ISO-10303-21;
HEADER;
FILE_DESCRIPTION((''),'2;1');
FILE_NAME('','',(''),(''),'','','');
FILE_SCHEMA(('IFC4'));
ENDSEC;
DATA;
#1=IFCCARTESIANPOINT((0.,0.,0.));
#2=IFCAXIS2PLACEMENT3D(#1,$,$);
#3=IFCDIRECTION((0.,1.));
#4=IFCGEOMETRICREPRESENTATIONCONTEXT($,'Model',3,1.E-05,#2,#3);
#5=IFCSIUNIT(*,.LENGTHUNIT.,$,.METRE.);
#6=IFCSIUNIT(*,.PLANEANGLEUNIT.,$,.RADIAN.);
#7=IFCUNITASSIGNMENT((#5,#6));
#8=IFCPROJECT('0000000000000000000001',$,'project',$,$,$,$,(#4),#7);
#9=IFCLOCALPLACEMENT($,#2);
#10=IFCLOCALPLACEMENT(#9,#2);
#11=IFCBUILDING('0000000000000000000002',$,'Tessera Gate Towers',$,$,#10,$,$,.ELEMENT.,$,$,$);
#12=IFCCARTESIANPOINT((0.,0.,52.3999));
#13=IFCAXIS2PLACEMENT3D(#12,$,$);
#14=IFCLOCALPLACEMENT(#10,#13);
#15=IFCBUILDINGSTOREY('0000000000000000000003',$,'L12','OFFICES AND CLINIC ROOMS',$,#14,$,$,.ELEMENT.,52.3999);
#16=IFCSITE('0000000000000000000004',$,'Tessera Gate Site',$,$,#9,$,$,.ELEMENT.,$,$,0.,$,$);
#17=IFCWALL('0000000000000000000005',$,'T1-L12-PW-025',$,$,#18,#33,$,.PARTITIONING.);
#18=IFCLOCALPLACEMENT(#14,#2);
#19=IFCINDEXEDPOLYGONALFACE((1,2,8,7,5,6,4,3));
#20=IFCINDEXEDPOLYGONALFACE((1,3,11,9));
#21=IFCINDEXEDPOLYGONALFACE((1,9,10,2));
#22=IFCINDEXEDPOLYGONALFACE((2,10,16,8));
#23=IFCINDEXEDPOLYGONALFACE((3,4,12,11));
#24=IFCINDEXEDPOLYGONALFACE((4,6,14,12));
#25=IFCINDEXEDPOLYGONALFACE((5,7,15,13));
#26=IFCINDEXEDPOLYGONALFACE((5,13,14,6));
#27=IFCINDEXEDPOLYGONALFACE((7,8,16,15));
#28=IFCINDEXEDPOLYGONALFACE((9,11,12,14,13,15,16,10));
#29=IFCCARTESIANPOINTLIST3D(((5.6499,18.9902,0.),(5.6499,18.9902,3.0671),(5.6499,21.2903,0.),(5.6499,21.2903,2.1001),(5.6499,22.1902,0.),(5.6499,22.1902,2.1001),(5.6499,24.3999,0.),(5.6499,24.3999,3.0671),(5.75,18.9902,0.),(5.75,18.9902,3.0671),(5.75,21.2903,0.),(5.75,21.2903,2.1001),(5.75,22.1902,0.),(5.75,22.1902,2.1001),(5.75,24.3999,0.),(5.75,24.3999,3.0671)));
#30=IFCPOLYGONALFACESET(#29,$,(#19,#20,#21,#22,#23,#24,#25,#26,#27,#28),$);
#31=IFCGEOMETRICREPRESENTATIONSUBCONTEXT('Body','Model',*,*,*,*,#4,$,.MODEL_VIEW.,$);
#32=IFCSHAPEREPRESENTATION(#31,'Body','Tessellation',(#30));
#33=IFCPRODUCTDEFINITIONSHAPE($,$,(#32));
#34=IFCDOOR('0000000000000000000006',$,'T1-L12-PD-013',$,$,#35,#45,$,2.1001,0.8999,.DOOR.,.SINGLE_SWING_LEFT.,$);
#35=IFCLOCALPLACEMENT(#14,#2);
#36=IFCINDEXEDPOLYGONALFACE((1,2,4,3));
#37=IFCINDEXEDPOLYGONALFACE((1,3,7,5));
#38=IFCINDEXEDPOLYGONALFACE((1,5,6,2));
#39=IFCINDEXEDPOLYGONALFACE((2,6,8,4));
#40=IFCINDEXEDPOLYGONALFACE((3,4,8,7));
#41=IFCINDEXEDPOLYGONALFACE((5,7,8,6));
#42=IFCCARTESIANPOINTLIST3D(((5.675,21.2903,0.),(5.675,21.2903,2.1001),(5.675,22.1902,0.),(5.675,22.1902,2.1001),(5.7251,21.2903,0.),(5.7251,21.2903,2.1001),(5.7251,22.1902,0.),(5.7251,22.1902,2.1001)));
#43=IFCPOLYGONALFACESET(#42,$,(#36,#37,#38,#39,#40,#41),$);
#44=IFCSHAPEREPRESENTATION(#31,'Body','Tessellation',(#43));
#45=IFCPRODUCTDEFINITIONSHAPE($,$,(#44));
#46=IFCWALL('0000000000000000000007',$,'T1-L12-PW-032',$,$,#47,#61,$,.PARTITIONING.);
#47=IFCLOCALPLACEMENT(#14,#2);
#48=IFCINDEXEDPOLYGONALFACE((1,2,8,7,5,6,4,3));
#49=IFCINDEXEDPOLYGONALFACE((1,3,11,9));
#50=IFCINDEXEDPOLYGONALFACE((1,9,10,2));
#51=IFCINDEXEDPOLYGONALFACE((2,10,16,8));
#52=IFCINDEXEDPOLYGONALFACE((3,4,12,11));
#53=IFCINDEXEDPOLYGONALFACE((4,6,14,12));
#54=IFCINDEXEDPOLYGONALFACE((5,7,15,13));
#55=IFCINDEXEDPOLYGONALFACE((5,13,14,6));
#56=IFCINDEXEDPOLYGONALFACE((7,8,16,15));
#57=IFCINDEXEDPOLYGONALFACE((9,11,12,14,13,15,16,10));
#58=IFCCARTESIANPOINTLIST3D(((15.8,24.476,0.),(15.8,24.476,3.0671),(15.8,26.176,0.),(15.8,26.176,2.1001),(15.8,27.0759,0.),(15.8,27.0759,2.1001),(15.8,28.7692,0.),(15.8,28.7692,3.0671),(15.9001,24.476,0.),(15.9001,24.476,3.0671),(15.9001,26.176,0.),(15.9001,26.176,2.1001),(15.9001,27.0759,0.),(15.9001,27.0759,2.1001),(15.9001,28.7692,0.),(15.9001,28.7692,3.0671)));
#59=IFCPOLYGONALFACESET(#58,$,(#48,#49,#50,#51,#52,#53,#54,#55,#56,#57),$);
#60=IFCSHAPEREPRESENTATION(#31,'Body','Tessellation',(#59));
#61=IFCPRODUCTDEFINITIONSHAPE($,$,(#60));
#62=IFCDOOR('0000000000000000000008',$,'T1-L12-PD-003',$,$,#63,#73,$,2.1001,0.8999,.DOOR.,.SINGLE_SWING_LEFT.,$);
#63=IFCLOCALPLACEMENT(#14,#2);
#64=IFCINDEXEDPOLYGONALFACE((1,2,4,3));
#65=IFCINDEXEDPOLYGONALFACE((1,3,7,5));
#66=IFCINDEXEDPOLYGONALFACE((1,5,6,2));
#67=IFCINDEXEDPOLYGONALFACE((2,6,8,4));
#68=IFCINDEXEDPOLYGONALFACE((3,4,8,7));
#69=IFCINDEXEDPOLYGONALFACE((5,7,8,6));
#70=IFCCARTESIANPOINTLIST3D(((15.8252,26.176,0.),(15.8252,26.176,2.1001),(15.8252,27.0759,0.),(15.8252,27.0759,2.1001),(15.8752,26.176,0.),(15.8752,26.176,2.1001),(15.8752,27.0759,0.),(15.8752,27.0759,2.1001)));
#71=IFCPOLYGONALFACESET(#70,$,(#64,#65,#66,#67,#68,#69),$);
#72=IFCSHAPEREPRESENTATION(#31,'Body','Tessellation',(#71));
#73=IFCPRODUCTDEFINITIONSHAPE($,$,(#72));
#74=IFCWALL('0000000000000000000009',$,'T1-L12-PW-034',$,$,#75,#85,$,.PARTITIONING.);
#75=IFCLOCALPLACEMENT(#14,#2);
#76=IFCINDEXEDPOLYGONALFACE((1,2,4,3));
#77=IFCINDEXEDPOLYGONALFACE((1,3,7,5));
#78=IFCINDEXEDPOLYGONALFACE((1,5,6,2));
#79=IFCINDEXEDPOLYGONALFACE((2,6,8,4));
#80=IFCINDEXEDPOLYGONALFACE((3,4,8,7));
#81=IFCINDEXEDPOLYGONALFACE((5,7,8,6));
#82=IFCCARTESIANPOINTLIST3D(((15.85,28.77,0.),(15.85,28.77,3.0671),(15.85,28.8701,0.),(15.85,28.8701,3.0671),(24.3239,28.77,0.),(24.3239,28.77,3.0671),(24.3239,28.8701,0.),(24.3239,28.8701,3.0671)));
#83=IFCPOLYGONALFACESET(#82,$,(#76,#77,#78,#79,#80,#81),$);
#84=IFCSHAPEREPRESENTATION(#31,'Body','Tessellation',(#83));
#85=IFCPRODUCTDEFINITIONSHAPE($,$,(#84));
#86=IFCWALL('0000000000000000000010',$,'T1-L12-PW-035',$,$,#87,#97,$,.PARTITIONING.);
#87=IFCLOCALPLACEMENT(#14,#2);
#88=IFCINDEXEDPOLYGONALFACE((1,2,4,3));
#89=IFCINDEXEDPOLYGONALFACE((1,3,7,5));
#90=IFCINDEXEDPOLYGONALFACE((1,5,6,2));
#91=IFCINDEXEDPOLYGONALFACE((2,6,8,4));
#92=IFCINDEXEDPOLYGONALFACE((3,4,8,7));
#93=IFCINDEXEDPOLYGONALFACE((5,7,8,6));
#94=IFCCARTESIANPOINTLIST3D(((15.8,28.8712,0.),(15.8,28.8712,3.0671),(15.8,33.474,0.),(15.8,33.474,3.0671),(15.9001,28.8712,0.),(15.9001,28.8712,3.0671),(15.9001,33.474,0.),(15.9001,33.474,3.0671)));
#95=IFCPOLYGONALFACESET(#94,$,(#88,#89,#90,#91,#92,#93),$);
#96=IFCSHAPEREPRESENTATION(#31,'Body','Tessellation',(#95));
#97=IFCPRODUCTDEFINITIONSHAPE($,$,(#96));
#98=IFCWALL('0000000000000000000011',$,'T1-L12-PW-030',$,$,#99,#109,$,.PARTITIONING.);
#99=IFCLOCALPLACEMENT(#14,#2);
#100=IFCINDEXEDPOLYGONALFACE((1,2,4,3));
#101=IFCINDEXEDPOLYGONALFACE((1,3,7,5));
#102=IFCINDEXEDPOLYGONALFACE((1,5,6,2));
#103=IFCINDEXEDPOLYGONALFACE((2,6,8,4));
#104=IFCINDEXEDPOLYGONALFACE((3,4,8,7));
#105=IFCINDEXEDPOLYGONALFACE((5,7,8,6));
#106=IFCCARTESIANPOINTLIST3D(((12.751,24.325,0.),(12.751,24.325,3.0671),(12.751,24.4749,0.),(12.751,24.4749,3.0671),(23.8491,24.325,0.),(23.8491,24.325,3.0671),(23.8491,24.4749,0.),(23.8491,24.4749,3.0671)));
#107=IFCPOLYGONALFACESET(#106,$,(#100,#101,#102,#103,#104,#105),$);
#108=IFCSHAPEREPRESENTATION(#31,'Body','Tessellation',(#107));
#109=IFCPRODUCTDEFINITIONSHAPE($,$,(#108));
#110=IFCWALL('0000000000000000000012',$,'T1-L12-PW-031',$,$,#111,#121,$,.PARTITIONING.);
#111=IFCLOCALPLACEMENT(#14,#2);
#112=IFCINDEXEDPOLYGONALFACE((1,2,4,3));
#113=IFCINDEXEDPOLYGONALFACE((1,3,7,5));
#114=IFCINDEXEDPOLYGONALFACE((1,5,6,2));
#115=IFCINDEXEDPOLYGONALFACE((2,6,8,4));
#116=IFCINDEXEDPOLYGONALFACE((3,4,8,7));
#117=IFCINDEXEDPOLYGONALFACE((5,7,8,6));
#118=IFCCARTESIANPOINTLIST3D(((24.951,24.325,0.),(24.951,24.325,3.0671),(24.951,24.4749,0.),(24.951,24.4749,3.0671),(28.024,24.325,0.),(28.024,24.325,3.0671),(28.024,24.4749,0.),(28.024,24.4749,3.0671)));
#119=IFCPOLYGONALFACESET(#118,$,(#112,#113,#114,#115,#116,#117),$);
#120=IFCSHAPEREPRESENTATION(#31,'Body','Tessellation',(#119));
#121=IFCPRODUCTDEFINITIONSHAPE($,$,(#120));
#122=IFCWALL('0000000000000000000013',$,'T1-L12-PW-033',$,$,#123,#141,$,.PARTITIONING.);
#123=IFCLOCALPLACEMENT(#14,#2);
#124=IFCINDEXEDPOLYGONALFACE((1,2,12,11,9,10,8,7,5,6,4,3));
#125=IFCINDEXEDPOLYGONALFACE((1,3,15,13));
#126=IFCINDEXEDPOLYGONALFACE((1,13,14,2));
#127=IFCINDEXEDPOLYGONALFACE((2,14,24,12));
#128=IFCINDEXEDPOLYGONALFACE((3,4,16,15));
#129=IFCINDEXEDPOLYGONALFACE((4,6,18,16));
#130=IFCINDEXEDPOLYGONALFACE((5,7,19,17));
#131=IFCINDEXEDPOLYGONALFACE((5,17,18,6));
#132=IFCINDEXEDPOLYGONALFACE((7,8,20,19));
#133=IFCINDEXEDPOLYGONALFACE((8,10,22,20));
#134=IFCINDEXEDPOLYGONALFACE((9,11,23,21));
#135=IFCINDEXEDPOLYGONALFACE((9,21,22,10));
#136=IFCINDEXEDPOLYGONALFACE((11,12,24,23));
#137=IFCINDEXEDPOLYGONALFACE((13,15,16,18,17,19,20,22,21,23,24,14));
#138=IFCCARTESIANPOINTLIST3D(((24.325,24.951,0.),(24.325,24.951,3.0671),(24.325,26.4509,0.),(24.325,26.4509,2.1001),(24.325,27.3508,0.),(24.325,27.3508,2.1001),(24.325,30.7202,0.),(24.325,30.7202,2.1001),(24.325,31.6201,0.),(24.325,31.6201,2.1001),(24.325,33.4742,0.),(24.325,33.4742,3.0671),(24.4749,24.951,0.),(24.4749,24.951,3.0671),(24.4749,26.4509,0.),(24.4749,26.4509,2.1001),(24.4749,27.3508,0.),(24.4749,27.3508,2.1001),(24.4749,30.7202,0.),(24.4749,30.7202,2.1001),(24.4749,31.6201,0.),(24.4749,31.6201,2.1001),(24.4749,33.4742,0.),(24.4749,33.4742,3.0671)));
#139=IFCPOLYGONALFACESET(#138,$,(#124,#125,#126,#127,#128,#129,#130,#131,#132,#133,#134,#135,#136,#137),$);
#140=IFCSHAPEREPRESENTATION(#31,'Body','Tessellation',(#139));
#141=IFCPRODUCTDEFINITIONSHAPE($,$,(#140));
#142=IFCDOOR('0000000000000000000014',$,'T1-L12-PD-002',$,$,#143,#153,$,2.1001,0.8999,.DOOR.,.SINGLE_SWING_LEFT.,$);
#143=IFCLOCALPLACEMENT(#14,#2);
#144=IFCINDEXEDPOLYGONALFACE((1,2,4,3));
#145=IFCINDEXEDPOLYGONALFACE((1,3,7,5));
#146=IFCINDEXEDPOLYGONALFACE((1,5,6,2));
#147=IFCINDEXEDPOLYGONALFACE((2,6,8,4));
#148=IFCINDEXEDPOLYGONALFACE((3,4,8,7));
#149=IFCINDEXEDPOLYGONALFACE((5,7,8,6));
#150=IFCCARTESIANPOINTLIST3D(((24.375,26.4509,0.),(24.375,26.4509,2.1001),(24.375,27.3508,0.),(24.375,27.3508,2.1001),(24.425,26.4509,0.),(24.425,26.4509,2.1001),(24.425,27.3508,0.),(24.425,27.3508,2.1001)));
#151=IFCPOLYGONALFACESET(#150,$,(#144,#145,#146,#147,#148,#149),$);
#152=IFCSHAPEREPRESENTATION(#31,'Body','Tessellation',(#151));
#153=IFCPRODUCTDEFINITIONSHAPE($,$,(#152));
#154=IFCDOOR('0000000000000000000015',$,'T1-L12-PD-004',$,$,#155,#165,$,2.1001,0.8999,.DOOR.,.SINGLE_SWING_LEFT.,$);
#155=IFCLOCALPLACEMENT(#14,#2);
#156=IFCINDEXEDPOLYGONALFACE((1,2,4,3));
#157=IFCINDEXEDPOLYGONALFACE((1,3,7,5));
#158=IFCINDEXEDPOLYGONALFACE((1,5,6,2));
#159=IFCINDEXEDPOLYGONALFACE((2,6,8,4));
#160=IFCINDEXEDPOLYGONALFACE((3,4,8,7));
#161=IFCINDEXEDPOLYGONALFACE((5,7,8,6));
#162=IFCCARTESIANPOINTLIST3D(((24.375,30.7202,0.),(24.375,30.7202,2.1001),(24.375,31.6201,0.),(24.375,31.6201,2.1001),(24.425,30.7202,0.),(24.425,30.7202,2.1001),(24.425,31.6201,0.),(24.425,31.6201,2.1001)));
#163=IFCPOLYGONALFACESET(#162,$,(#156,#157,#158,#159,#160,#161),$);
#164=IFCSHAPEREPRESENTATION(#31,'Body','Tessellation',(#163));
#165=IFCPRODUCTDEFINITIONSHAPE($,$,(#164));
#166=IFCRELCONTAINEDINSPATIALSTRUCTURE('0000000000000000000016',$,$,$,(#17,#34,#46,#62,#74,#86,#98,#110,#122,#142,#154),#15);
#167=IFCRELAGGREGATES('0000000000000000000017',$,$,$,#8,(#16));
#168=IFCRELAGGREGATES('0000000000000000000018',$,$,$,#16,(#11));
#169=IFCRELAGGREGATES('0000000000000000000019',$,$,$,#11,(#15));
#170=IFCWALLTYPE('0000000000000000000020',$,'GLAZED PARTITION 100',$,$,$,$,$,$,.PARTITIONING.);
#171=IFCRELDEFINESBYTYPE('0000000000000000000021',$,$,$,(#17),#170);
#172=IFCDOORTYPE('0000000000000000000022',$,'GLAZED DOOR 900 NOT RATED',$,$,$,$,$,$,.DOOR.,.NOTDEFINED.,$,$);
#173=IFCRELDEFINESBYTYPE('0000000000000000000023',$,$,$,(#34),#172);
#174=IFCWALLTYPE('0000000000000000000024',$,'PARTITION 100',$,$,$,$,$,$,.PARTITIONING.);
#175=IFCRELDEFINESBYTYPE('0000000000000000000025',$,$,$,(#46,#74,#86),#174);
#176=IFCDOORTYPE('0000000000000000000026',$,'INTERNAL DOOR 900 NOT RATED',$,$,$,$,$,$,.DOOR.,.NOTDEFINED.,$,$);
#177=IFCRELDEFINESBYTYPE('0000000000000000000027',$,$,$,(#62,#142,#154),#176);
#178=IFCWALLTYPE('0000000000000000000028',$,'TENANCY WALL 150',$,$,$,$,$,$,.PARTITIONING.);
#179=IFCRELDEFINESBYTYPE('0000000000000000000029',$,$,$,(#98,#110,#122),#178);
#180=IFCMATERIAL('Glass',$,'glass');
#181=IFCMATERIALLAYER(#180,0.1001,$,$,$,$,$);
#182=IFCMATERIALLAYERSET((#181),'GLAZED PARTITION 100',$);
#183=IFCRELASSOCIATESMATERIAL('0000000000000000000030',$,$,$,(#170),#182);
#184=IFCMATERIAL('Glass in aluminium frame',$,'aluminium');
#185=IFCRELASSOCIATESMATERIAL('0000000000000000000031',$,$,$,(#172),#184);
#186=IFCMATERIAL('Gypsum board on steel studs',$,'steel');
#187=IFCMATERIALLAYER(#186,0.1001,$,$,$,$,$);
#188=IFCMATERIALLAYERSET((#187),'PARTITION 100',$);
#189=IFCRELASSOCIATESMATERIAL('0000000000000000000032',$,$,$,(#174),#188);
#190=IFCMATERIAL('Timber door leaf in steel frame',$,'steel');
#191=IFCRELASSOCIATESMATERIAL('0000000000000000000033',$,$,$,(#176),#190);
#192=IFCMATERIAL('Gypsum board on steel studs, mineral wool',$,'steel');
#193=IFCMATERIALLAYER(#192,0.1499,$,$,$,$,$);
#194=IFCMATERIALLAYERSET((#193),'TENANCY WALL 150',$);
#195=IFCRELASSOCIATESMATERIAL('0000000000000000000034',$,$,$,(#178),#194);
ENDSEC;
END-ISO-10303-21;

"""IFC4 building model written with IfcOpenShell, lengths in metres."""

from ifc_helpers import new_model, si_unit, direction, frame, frame_2d, origin, place, context, subcontext, project, spatial, rectangle, extrude, source, transform, mapped, material, layer, layer_set, type_object, element, fill, save


model = new_model("IFC4")

# Units and contexts
model_context = context("Model", 3, precision=1e-05, world=origin(), true_north=direction((0.0, 1.0)))
body_context = subcontext(model_context, "Body", "Model", "MODEL_VIEW")
ifc_project = project(units=[si_unit("LENGTHUNIT", "METRE"), si_unit("PLANEANGLEUNIT", "RADIAN")], contexts=[model_context])

# Site, building, storey
site_placement = place(None, origin())
site = spatial("IfcSite", under=ifc_project, at=site_placement, Name="Tessera Gate Site", CompositionType="ELEMENT", RefElevation=0.0)
building_placement = place(site_placement, origin())
building = spatial("IfcBuilding", under=site, at=building_placement, Name="Tessera Gate Towers", CompositionType="ELEMENT")
storey_placement = place(building_placement, frame((0.0, 0.0, 52.3999)))
storey = spatial("IfcBuildingStorey", under=building, at=storey_placement, Name="L12", Description="OFFICES AND CLINIC ROOMS", CompositionType="ELEMENT", Elevation=52.3999)

# Shared definitions
ifc_material_1 = material(Name="Glass", Category="glass")
ifc_layer_1 = layer(ifc_material_1, 0.1001)
ifc_layer_set_1 = layer_set([ifc_layer_1], Name="GLAZED PARTITION 100")
wall_type_1 = type_object("IfcWallType", Name="GLAZED PARTITION 100", PredefinedType="PARTITIONING", material=ifc_layer_set_1)

# Walls, openings, doors
wall_1_placement = place(storey_placement, frame((5.7, 18.9902, 0.0), z_axis=(0.0, 0.0, 1.0), x_axis=(0.0, 1.0, 0.0)))
wall_1 = element("IfcWall", 1, at=wall_1_placement, inside=storey, type_object=wall_type_1, Name="T1-L12-PW-025", PredefinedType="PARTITIONING", context=body_context, shape_type="SweptSolid", body=[
    extrude(rectangle(XDim=5.4097, YDim=0.1001, at=frame_2d((2.7048, 0.0))), origin(), (0.0, 0.0, 1.0), 3.0671),
])
shared_shape_1 = source(origin(), body_context, "Body", "SweptSolid", [
    extrude(rectangle(XDim=0.8999, YDim=2.1001, at=frame_2d((0.45, 1.05))), frame((0.0, 0.0601, 0.0), z_axis=(0.0, -1.0, 0.0), x_axis=(1.0, 0.0, 0.0)), (0.0, 0.0, 1.0), 0.1201),
])
opening_1_placement = place(wall_1_placement, frame((2.3, 0.0, 0.0)))
opening_1 = element("IfcOpeningElement", 2, at=opening_1_placement, cuts=wall_1, PredefinedType="OPENING", context=body_context, shape_type="MappedRepresentation", body=[
    mapped(shared_shape_1, transform((0.0, 0.0, 0.0), scale=1.0)),
])
ifc_material_2 = material(Name="Glass in aluminium frame", Category="aluminium")
door_type_1 = type_object("IfcDoorType", Name="GLAZED DOOR 900 NOT RATED", OperationType="NOTDEFINED", PredefinedType="DOOR", material=ifc_material_2)
shared_shape_2 = source(origin(), body_context, "Body", "SweptSolid", [
    extrude(rectangle(XDim=0.8999, YDim=2.1001, at=frame_2d((0.45, 1.05))), frame((0.0, 0.0249, 0.0), z_axis=(0.0, -1.0, 0.0), x_axis=(1.0, 0.0, 0.0)), (0.0, 0.0, 1.0), 0.05),
])
door_1_placement = place(opening_1_placement, origin())
door_1 = element("IfcDoor", 3, at=door_1_placement, inside=storey, type_object=door_type_1, Name="T1-L12-PD-013", OperationType="SINGLE_SWING_LEFT", OverallHeight=2.1001, OverallWidth=0.8999, PredefinedType="DOOR", context=body_context, shape_type="MappedRepresentation", body=[
    mapped(shared_shape_2, transform((0.0, 0.0, 0.0), scale=1.0)),
])
fill(opening_1, door_1)
ifc_material_3 = material(Name="Gypsum board on steel studs", Category="steel")
ifc_layer_2 = layer(ifc_material_3, 0.1001)
ifc_layer_set_2 = layer_set([ifc_layer_2], Name="PARTITION 100")
wall_type_2 = type_object("IfcWallType", Name="PARTITION 100", PredefinedType="PARTITIONING", material=ifc_layer_set_2)
wall_2_placement = place(storey_placement, frame((15.8501, 24.4761, 0.0), z_axis=(0.0, 0.0, 1.0), x_axis=(0.0, 1.0, 0.0)))
wall_2 = element("IfcWall", 4, at=wall_2_placement, inside=storey, type_object=wall_type_2, Name="T1-L12-PW-032", PredefinedType="PARTITIONING", context=body_context, shape_type="SweptSolid", body=[
    extrude(rectangle(XDim=4.2932, YDim=0.1001, at=frame_2d((2.1465, 0.0))), origin(), (0.0, 0.0, 1.0), 3.0671),
])
opening_2_placement = place(wall_2_placement, frame((1.7, 0.0, 0.0)))
opening_2 = element("IfcOpeningElement", 5, at=opening_2_placement, cuts=wall_2, PredefinedType="OPENING", context=body_context, shape_type="MappedRepresentation", body=[
    mapped(shared_shape_1, transform((0.0, 0.0, 0.0), scale=1.0)),
])
ifc_material_4 = material(Name="Timber door leaf in steel frame", Category="steel")
door_type_2 = type_object("IfcDoorType", Name="INTERNAL DOOR 900 NOT RATED", OperationType="NOTDEFINED", PredefinedType="DOOR", material=ifc_material_4)
door_2_placement = place(opening_2_placement, origin())
door_2 = element("IfcDoor", 6, at=door_2_placement, inside=storey, type_object=door_type_2, Name="T1-L12-PD-003", OperationType="SINGLE_SWING_LEFT", OverallHeight=2.1001, OverallWidth=0.8999, PredefinedType="DOOR", context=body_context, shape_type="MappedRepresentation", body=[
    mapped(shared_shape_2, transform((0.0, 0.0, 0.0), scale=1.0)),
])
fill(opening_2, door_2)

# Walls
wall_3_placement = place(storey_placement, frame((15.8501, 28.8201, 0.0), z_axis=(0.0, 0.0, 1.0), x_axis=(1.0, 0.0, 0.0)))
element("IfcWall", 7, at=wall_3_placement, inside=storey, type_object=wall_type_2, Name="T1-L12-PW-034", PredefinedType="PARTITIONING", context=body_context, shape_type="SweptSolid", body=[
    extrude(rectangle(XDim=8.4739, YDim=0.1001, at=frame_2d((4.2368, 0.0))), origin(), (0.0, 0.0, 1.0), 3.0671),
])
wall_4_placement = place(storey_placement, frame((15.8501, 28.8713, 0.0), z_axis=(0.0, 0.0, 1.0), x_axis=(0.0, 1.0, 0.0)))
element("IfcWall", 8, at=wall_4_placement, inside=storey, type_object=wall_type_2, Name="T1-L12-PW-035", PredefinedType="PARTITIONING", context=body_context, shape_type="SweptSolid", body=[
    extrude(rectangle(XDim=4.6028, YDim=0.1001, at=frame_2d((2.3013, 0.0))), origin(), (0.0, 0.0, 1.0), 3.0671),
])
ifc_material_5 = material(Name="Gypsum board on steel studs, mineral wool", Category="steel")
ifc_layer_3 = layer(ifc_material_5, 0.1499)
ifc_layer_set_3 = layer_set([ifc_layer_3], Name="TENANCY WALL 150")
wall_type_3 = type_object("IfcWallType", Name="TENANCY WALL 150", PredefinedType="PARTITIONING", material=ifc_layer_set_3)
wall_5_placement = place(storey_placement, frame((12.751, 24.3999, 0.0), z_axis=(0.0, 0.0, 1.0), x_axis=(1.0, 0.0, 0.0)))
element("IfcWall", 9, at=wall_5_placement, inside=storey, type_object=wall_type_3, Name="T1-L12-PW-030", PredefinedType="PARTITIONING", context=body_context, shape_type="SweptSolid", body=[
    extrude(rectangle(XDim=11.0981, YDim=0.1499, at=frame_2d((5.5491, 0.0))), origin(), (0.0, 0.0, 1.0), 3.0671),
])
wall_6_placement = place(storey_placement, frame((24.9509, 24.3999, 0.0), z_axis=(0.0, 0.0, 1.0), x_axis=(1.0, 0.0, 0.0)))
element("IfcWall", 10, at=wall_6_placement, inside=storey, type_object=wall_type_3, Name="T1-L12-PW-031", PredefinedType="PARTITIONING", context=body_context, shape_type="SweptSolid", body=[
    extrude(rectangle(XDim=3.073, YDim=0.1499, at=frame_2d((1.5366, 0.0))), origin(), (0.0, 0.0, 1.0), 3.0671),
])

# Wall, openings, doors
wall_7_placement = place(storey_placement, frame((24.3999, 24.9509, 0.0), z_axis=(0.0, 0.0, 1.0), x_axis=(0.0, 1.0, 0.0)))
wall_7 = element("IfcWall", 11, at=wall_7_placement, inside=storey, type_object=wall_type_3, Name="T1-L12-PW-033", PredefinedType="PARTITIONING", context=body_context, shape_type="SweptSolid", body=[
    extrude(rectangle(XDim=8.5232, YDim=0.1499, at=frame_2d((4.2617, 0.0))), origin(), (0.0, 0.0, 1.0), 3.0671),
])
shared_shape_3 = source(origin(), body_context, "Body", "SweptSolid", [
    extrude(rectangle(XDim=0.8999, YDim=2.1001, at=frame_2d((0.45, 1.05))), frame((0.0, 0.085, 0.0), z_axis=(0.0, -1.0, 0.0), x_axis=(1.0, 0.0, 0.0)), (0.0, 0.0, 1.0), 0.1699),
])
opening_3_placement = place(wall_7_placement, frame((1.5, 0.0, 0.0)))
opening_3 = element("IfcOpeningElement", 12, at=opening_3_placement, cuts=wall_7, PredefinedType="OPENING", context=body_context, shape_type="MappedRepresentation", body=[
    mapped(shared_shape_3, transform((0.0, 0.0, 0.0), scale=1.0)),
])
opening_4_placement = place(wall_7_placement, frame((5.7693, 0.0, 0.0)))
opening_4 = element("IfcOpeningElement", 13, at=opening_4_placement, cuts=wall_7, PredefinedType="OPENING", context=body_context, shape_type="MappedRepresentation", body=[
    mapped(shared_shape_3, transform((0.0, 0.0, 0.0), scale=1.0)),
])
door_3_placement = place(opening_3_placement, origin())
door_3 = element("IfcDoor", 14, at=door_3_placement, inside=storey, type_object=door_type_2, Name="T1-L12-PD-002", OperationType="SINGLE_SWING_LEFT", OverallHeight=2.1001, OverallWidth=0.8999, PredefinedType="DOOR", context=body_context, shape_type="MappedRepresentation", body=[
    mapped(shared_shape_2, transform((0.0, 0.0, 0.0), scale=1.0)),
])
fill(opening_3, door_3)
door_4_placement = place(opening_4_placement, origin())
door_4 = element("IfcDoor", 15, at=door_4_placement, inside=storey, type_object=door_type_2, Name="T1-L12-PD-004", OperationType="SINGLE_SWING_LEFT", OverallHeight=2.1001, OverallWidth=0.8999, PredefinedType="DOOR", context=body_context, shape_type="MappedRepresentation", body=[
    mapped(shared_shape_2, transform((0.0, 0.0, 0.0), scale=1.0)),
])
fill(opening_4, door_4)

save(model, "model.ifc")
